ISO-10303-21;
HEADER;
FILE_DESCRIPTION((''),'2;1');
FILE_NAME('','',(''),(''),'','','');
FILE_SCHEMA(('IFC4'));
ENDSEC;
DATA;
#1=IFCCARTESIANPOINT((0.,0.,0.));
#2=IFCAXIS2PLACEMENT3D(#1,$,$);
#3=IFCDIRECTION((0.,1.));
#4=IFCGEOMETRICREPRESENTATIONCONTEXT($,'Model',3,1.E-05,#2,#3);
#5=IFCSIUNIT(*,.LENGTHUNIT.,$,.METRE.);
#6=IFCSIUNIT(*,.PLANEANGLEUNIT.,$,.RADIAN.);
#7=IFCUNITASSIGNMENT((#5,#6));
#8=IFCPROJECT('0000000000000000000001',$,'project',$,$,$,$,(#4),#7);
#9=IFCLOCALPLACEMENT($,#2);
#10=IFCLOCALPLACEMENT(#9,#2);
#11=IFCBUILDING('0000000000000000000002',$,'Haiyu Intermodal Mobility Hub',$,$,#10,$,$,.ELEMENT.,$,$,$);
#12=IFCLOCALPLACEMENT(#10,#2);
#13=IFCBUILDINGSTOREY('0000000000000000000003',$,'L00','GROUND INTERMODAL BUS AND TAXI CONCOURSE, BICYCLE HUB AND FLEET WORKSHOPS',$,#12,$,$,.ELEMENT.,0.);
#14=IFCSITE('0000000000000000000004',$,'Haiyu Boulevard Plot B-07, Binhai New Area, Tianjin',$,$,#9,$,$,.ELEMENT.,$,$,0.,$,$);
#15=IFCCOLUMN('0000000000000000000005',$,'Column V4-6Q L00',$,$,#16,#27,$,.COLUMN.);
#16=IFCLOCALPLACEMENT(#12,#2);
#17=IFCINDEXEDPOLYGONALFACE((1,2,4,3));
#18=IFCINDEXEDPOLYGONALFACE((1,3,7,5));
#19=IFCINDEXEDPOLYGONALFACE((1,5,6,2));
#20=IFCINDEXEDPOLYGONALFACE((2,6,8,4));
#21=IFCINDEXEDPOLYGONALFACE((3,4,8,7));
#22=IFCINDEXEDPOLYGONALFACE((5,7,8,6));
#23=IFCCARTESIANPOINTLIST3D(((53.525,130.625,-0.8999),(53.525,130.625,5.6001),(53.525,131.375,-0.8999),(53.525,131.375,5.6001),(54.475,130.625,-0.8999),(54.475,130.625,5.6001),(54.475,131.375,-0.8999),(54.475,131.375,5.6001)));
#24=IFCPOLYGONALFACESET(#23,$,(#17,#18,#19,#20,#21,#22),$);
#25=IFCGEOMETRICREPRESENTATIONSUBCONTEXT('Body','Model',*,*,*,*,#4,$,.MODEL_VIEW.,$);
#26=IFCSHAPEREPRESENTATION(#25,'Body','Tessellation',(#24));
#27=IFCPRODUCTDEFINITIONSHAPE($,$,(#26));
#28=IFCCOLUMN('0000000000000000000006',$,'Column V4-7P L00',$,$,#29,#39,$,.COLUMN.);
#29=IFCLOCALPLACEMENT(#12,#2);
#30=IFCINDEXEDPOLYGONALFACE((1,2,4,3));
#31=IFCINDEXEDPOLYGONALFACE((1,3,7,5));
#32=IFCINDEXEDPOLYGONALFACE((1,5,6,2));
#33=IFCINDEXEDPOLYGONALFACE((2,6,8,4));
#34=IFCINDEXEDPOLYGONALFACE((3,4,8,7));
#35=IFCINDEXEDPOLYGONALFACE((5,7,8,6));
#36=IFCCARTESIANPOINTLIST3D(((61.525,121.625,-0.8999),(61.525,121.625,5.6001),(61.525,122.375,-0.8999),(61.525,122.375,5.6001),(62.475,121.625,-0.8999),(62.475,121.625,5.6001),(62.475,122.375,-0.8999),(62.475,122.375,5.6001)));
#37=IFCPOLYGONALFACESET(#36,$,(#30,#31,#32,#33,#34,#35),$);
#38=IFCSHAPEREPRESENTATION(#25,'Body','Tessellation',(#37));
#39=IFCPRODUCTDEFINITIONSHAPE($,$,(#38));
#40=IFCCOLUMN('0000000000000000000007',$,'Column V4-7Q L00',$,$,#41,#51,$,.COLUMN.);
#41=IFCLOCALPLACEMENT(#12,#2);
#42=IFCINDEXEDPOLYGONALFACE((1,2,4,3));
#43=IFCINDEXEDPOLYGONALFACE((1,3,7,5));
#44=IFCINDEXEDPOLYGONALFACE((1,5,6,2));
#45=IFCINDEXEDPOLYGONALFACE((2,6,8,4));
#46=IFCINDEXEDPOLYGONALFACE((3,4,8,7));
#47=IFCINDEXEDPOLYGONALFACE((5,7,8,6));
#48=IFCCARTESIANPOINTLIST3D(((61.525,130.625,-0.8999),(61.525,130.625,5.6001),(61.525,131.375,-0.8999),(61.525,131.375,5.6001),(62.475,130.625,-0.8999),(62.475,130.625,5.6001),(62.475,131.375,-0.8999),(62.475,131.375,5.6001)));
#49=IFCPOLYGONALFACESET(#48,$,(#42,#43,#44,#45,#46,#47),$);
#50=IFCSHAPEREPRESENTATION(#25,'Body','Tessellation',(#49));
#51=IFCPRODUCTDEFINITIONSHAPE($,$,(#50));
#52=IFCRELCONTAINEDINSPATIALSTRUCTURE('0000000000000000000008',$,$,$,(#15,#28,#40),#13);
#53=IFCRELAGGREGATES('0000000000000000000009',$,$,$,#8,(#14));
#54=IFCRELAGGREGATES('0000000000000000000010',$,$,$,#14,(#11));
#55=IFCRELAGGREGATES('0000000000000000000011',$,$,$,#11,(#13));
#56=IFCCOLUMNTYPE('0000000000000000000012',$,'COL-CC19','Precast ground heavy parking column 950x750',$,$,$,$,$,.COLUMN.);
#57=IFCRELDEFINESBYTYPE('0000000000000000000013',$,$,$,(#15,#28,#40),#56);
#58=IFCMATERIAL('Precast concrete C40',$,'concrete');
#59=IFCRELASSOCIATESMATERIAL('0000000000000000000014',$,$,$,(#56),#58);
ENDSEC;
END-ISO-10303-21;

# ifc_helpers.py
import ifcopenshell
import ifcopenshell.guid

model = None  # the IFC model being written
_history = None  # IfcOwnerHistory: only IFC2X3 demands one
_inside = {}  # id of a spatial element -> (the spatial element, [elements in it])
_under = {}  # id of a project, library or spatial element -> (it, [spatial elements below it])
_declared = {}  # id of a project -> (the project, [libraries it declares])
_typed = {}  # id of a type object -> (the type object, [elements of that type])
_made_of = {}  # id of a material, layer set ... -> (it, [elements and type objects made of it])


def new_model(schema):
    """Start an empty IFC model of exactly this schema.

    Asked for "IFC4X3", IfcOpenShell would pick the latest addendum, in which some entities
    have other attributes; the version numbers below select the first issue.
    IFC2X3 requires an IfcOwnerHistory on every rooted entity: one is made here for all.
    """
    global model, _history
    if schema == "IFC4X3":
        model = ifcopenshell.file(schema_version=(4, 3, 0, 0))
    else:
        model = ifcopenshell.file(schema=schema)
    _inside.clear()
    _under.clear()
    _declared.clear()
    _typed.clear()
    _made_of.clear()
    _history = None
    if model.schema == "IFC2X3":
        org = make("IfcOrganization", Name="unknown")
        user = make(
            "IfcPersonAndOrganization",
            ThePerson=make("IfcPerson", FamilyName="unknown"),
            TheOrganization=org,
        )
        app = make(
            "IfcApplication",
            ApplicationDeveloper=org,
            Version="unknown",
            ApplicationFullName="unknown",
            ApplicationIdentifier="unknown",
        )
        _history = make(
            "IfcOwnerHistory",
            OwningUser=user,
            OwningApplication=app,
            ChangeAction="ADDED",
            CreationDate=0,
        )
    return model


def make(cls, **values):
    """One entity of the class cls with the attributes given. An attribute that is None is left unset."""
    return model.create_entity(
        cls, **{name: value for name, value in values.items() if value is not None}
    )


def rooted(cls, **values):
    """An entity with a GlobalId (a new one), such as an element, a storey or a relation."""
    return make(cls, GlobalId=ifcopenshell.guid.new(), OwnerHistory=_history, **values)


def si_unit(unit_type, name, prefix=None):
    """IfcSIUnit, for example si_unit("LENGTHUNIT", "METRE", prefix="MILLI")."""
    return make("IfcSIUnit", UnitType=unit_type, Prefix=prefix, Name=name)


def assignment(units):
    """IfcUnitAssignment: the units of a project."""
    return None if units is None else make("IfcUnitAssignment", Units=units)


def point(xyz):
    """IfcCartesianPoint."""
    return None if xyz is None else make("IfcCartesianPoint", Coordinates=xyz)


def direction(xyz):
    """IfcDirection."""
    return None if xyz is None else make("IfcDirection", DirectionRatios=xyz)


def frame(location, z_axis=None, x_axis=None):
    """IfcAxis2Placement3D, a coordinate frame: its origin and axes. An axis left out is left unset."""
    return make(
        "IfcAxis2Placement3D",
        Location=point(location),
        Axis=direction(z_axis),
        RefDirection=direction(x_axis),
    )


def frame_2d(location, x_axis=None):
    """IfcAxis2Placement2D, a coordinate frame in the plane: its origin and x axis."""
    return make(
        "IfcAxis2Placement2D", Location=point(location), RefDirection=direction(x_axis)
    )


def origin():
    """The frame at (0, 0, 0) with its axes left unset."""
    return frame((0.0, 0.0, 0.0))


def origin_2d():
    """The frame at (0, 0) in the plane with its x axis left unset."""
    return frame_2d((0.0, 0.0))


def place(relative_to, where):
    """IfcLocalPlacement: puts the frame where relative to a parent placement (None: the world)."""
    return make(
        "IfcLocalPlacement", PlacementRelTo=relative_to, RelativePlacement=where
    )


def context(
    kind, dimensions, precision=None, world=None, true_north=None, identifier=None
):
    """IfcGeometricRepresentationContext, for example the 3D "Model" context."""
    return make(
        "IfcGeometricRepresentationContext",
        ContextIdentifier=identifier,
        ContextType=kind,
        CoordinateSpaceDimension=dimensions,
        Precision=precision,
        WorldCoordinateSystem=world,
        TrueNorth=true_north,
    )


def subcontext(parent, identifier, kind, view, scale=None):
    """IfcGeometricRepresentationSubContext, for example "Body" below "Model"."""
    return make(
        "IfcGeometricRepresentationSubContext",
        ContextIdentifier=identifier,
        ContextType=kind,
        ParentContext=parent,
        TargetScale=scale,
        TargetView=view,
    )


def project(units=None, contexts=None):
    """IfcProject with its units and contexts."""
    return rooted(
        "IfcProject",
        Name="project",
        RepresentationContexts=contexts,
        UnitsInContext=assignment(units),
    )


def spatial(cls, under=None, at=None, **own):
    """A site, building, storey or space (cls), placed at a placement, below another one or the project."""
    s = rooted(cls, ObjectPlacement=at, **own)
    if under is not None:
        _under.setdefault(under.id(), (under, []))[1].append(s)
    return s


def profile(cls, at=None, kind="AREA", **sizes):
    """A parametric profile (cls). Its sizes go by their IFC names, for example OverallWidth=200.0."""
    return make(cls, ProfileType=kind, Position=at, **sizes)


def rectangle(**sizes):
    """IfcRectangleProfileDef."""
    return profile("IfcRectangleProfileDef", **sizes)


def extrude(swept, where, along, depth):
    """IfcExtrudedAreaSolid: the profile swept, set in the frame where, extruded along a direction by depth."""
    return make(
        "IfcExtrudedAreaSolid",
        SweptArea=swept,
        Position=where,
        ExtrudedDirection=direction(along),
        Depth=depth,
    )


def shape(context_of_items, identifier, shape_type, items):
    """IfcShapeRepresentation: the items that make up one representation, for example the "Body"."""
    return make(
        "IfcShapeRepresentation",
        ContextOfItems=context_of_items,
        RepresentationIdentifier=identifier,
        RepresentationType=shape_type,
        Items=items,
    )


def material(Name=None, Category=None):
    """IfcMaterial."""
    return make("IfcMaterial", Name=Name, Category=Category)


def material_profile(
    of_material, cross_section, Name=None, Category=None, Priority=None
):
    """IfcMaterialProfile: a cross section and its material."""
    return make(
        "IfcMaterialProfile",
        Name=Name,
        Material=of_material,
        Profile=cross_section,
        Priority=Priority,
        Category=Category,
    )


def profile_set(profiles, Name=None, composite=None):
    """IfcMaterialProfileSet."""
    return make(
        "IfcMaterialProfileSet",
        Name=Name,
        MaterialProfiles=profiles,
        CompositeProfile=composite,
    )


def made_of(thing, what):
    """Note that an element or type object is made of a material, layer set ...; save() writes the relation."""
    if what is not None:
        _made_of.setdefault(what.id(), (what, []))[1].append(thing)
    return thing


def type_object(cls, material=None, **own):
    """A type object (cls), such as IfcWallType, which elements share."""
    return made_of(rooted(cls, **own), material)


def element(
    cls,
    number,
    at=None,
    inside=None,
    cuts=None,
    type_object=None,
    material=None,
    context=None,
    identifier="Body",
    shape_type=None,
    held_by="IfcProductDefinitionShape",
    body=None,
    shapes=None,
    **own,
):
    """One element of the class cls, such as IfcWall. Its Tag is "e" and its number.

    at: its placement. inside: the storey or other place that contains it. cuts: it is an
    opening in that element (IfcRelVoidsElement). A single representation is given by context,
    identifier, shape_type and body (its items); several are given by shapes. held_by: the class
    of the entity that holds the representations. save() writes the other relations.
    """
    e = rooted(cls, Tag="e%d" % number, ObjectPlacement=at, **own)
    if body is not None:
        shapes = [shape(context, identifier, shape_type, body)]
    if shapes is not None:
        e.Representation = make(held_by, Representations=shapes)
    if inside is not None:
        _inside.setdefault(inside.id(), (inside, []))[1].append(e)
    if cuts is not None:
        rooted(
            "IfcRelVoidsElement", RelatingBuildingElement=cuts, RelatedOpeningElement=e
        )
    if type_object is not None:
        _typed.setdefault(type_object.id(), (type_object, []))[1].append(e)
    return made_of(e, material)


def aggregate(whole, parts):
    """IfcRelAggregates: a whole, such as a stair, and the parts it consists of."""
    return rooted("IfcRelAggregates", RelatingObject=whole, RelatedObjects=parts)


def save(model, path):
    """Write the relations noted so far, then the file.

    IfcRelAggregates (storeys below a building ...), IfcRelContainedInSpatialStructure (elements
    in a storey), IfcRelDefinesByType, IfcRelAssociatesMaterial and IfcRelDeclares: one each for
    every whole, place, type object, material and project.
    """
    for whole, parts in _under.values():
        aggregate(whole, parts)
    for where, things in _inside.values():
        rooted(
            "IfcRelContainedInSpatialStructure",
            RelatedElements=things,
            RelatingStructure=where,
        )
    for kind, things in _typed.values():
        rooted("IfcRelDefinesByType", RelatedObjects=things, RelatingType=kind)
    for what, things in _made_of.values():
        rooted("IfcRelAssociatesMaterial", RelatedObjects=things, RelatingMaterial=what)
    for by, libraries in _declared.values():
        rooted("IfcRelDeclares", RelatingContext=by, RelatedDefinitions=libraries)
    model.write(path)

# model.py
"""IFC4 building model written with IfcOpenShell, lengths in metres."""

from ifc_helpers import new_model, si_unit, direction, frame, origin, origin_2d, place, context, subcontext, project, spatial, rectangle, extrude, material, material_profile, profile_set, type_object, element, save


model = new_model("IFC4")

# Units and contexts
model_context = context("Model", 3, precision=1e-05, world=origin(), true_north=direction((0.0, 1.0)))
body_context = subcontext(model_context, "Body", "Model", "MODEL_VIEW")
ifc_project = project(units=[si_unit("LENGTHUNIT", "METRE"), si_unit("PLANEANGLEUNIT", "RADIAN")], contexts=[model_context])

# Site, building, storey
site_placement = place(None, origin())
site = spatial("IfcSite", under=ifc_project, at=site_placement, Name="Haiyu Boulevard Plot B-07, Binhai New Area, Tianjin", CompositionType="ELEMENT", RefElevation=0.0)
building_placement = place(site_placement, origin())
building = spatial("IfcBuilding", under=site, at=building_placement, Name="Haiyu Intermodal Mobility Hub", CompositionType="ELEMENT")
storey_placement = place(building_placement, origin())
storey = spatial("IfcBuildingStorey", under=building, at=storey_placement, Name="L00", Description="GROUND INTERMODAL BUS AND TAXI CONCOURSE, BICYCLE HUB AND FLEET WORKSHOPS", CompositionType="ELEMENT", Elevation=0.0)

# Columns
ifc_material_1 = material(Name="Precast concrete C40", Category="concrete")
ifc_material_profile_1 = material_profile(ifc_material_1, rectangle(XDim=0.95, YDim=0.75, at=origin_2d()), Name="C950x750")
ifc_profile_set_1 = profile_set([ifc_material_profile_1], Name="Precast concrete C40")
column_type = type_object("IfcColumnType", Name="COL-CC19", Description="Precast ground heavy parking column 950x750", PredefinedType="COLUMN", material=ifc_profile_set_1)
for number, where, z_axis, x_axis, name in (
    (1, (54.0, 131.0, -0.8999), (0.0, 0.0, 1.0), (1.0, 0.0, 0.0), "Column V4-6Q L00"),
    (2, (62.0, 122.0, -0.8999), (0.0, 0.0, 1.0), (1.0, 0.0, 0.0), "Column V4-7P L00"),
    (3, (62.0, 131.0, -0.8999), (0.0, 0.0, 1.0), (1.0, 0.0, 0.0), "Column V4-7Q L00"),
):
    element("IfcColumn", number, at=place(storey_placement, frame(where, z_axis=z_axis, x_axis=x_axis)), inside=storey, type_object=column_type, Name=name, PredefinedType="COLUMN", context=body_context, shape_type="SweptSolid", body=[
        extrude(rectangle(XDim=0.95, YDim=0.75, at=origin_2d()), origin(), (0.0, 0.0, 1.0), 6.5),
    ])

save(model, "model.ifc")
